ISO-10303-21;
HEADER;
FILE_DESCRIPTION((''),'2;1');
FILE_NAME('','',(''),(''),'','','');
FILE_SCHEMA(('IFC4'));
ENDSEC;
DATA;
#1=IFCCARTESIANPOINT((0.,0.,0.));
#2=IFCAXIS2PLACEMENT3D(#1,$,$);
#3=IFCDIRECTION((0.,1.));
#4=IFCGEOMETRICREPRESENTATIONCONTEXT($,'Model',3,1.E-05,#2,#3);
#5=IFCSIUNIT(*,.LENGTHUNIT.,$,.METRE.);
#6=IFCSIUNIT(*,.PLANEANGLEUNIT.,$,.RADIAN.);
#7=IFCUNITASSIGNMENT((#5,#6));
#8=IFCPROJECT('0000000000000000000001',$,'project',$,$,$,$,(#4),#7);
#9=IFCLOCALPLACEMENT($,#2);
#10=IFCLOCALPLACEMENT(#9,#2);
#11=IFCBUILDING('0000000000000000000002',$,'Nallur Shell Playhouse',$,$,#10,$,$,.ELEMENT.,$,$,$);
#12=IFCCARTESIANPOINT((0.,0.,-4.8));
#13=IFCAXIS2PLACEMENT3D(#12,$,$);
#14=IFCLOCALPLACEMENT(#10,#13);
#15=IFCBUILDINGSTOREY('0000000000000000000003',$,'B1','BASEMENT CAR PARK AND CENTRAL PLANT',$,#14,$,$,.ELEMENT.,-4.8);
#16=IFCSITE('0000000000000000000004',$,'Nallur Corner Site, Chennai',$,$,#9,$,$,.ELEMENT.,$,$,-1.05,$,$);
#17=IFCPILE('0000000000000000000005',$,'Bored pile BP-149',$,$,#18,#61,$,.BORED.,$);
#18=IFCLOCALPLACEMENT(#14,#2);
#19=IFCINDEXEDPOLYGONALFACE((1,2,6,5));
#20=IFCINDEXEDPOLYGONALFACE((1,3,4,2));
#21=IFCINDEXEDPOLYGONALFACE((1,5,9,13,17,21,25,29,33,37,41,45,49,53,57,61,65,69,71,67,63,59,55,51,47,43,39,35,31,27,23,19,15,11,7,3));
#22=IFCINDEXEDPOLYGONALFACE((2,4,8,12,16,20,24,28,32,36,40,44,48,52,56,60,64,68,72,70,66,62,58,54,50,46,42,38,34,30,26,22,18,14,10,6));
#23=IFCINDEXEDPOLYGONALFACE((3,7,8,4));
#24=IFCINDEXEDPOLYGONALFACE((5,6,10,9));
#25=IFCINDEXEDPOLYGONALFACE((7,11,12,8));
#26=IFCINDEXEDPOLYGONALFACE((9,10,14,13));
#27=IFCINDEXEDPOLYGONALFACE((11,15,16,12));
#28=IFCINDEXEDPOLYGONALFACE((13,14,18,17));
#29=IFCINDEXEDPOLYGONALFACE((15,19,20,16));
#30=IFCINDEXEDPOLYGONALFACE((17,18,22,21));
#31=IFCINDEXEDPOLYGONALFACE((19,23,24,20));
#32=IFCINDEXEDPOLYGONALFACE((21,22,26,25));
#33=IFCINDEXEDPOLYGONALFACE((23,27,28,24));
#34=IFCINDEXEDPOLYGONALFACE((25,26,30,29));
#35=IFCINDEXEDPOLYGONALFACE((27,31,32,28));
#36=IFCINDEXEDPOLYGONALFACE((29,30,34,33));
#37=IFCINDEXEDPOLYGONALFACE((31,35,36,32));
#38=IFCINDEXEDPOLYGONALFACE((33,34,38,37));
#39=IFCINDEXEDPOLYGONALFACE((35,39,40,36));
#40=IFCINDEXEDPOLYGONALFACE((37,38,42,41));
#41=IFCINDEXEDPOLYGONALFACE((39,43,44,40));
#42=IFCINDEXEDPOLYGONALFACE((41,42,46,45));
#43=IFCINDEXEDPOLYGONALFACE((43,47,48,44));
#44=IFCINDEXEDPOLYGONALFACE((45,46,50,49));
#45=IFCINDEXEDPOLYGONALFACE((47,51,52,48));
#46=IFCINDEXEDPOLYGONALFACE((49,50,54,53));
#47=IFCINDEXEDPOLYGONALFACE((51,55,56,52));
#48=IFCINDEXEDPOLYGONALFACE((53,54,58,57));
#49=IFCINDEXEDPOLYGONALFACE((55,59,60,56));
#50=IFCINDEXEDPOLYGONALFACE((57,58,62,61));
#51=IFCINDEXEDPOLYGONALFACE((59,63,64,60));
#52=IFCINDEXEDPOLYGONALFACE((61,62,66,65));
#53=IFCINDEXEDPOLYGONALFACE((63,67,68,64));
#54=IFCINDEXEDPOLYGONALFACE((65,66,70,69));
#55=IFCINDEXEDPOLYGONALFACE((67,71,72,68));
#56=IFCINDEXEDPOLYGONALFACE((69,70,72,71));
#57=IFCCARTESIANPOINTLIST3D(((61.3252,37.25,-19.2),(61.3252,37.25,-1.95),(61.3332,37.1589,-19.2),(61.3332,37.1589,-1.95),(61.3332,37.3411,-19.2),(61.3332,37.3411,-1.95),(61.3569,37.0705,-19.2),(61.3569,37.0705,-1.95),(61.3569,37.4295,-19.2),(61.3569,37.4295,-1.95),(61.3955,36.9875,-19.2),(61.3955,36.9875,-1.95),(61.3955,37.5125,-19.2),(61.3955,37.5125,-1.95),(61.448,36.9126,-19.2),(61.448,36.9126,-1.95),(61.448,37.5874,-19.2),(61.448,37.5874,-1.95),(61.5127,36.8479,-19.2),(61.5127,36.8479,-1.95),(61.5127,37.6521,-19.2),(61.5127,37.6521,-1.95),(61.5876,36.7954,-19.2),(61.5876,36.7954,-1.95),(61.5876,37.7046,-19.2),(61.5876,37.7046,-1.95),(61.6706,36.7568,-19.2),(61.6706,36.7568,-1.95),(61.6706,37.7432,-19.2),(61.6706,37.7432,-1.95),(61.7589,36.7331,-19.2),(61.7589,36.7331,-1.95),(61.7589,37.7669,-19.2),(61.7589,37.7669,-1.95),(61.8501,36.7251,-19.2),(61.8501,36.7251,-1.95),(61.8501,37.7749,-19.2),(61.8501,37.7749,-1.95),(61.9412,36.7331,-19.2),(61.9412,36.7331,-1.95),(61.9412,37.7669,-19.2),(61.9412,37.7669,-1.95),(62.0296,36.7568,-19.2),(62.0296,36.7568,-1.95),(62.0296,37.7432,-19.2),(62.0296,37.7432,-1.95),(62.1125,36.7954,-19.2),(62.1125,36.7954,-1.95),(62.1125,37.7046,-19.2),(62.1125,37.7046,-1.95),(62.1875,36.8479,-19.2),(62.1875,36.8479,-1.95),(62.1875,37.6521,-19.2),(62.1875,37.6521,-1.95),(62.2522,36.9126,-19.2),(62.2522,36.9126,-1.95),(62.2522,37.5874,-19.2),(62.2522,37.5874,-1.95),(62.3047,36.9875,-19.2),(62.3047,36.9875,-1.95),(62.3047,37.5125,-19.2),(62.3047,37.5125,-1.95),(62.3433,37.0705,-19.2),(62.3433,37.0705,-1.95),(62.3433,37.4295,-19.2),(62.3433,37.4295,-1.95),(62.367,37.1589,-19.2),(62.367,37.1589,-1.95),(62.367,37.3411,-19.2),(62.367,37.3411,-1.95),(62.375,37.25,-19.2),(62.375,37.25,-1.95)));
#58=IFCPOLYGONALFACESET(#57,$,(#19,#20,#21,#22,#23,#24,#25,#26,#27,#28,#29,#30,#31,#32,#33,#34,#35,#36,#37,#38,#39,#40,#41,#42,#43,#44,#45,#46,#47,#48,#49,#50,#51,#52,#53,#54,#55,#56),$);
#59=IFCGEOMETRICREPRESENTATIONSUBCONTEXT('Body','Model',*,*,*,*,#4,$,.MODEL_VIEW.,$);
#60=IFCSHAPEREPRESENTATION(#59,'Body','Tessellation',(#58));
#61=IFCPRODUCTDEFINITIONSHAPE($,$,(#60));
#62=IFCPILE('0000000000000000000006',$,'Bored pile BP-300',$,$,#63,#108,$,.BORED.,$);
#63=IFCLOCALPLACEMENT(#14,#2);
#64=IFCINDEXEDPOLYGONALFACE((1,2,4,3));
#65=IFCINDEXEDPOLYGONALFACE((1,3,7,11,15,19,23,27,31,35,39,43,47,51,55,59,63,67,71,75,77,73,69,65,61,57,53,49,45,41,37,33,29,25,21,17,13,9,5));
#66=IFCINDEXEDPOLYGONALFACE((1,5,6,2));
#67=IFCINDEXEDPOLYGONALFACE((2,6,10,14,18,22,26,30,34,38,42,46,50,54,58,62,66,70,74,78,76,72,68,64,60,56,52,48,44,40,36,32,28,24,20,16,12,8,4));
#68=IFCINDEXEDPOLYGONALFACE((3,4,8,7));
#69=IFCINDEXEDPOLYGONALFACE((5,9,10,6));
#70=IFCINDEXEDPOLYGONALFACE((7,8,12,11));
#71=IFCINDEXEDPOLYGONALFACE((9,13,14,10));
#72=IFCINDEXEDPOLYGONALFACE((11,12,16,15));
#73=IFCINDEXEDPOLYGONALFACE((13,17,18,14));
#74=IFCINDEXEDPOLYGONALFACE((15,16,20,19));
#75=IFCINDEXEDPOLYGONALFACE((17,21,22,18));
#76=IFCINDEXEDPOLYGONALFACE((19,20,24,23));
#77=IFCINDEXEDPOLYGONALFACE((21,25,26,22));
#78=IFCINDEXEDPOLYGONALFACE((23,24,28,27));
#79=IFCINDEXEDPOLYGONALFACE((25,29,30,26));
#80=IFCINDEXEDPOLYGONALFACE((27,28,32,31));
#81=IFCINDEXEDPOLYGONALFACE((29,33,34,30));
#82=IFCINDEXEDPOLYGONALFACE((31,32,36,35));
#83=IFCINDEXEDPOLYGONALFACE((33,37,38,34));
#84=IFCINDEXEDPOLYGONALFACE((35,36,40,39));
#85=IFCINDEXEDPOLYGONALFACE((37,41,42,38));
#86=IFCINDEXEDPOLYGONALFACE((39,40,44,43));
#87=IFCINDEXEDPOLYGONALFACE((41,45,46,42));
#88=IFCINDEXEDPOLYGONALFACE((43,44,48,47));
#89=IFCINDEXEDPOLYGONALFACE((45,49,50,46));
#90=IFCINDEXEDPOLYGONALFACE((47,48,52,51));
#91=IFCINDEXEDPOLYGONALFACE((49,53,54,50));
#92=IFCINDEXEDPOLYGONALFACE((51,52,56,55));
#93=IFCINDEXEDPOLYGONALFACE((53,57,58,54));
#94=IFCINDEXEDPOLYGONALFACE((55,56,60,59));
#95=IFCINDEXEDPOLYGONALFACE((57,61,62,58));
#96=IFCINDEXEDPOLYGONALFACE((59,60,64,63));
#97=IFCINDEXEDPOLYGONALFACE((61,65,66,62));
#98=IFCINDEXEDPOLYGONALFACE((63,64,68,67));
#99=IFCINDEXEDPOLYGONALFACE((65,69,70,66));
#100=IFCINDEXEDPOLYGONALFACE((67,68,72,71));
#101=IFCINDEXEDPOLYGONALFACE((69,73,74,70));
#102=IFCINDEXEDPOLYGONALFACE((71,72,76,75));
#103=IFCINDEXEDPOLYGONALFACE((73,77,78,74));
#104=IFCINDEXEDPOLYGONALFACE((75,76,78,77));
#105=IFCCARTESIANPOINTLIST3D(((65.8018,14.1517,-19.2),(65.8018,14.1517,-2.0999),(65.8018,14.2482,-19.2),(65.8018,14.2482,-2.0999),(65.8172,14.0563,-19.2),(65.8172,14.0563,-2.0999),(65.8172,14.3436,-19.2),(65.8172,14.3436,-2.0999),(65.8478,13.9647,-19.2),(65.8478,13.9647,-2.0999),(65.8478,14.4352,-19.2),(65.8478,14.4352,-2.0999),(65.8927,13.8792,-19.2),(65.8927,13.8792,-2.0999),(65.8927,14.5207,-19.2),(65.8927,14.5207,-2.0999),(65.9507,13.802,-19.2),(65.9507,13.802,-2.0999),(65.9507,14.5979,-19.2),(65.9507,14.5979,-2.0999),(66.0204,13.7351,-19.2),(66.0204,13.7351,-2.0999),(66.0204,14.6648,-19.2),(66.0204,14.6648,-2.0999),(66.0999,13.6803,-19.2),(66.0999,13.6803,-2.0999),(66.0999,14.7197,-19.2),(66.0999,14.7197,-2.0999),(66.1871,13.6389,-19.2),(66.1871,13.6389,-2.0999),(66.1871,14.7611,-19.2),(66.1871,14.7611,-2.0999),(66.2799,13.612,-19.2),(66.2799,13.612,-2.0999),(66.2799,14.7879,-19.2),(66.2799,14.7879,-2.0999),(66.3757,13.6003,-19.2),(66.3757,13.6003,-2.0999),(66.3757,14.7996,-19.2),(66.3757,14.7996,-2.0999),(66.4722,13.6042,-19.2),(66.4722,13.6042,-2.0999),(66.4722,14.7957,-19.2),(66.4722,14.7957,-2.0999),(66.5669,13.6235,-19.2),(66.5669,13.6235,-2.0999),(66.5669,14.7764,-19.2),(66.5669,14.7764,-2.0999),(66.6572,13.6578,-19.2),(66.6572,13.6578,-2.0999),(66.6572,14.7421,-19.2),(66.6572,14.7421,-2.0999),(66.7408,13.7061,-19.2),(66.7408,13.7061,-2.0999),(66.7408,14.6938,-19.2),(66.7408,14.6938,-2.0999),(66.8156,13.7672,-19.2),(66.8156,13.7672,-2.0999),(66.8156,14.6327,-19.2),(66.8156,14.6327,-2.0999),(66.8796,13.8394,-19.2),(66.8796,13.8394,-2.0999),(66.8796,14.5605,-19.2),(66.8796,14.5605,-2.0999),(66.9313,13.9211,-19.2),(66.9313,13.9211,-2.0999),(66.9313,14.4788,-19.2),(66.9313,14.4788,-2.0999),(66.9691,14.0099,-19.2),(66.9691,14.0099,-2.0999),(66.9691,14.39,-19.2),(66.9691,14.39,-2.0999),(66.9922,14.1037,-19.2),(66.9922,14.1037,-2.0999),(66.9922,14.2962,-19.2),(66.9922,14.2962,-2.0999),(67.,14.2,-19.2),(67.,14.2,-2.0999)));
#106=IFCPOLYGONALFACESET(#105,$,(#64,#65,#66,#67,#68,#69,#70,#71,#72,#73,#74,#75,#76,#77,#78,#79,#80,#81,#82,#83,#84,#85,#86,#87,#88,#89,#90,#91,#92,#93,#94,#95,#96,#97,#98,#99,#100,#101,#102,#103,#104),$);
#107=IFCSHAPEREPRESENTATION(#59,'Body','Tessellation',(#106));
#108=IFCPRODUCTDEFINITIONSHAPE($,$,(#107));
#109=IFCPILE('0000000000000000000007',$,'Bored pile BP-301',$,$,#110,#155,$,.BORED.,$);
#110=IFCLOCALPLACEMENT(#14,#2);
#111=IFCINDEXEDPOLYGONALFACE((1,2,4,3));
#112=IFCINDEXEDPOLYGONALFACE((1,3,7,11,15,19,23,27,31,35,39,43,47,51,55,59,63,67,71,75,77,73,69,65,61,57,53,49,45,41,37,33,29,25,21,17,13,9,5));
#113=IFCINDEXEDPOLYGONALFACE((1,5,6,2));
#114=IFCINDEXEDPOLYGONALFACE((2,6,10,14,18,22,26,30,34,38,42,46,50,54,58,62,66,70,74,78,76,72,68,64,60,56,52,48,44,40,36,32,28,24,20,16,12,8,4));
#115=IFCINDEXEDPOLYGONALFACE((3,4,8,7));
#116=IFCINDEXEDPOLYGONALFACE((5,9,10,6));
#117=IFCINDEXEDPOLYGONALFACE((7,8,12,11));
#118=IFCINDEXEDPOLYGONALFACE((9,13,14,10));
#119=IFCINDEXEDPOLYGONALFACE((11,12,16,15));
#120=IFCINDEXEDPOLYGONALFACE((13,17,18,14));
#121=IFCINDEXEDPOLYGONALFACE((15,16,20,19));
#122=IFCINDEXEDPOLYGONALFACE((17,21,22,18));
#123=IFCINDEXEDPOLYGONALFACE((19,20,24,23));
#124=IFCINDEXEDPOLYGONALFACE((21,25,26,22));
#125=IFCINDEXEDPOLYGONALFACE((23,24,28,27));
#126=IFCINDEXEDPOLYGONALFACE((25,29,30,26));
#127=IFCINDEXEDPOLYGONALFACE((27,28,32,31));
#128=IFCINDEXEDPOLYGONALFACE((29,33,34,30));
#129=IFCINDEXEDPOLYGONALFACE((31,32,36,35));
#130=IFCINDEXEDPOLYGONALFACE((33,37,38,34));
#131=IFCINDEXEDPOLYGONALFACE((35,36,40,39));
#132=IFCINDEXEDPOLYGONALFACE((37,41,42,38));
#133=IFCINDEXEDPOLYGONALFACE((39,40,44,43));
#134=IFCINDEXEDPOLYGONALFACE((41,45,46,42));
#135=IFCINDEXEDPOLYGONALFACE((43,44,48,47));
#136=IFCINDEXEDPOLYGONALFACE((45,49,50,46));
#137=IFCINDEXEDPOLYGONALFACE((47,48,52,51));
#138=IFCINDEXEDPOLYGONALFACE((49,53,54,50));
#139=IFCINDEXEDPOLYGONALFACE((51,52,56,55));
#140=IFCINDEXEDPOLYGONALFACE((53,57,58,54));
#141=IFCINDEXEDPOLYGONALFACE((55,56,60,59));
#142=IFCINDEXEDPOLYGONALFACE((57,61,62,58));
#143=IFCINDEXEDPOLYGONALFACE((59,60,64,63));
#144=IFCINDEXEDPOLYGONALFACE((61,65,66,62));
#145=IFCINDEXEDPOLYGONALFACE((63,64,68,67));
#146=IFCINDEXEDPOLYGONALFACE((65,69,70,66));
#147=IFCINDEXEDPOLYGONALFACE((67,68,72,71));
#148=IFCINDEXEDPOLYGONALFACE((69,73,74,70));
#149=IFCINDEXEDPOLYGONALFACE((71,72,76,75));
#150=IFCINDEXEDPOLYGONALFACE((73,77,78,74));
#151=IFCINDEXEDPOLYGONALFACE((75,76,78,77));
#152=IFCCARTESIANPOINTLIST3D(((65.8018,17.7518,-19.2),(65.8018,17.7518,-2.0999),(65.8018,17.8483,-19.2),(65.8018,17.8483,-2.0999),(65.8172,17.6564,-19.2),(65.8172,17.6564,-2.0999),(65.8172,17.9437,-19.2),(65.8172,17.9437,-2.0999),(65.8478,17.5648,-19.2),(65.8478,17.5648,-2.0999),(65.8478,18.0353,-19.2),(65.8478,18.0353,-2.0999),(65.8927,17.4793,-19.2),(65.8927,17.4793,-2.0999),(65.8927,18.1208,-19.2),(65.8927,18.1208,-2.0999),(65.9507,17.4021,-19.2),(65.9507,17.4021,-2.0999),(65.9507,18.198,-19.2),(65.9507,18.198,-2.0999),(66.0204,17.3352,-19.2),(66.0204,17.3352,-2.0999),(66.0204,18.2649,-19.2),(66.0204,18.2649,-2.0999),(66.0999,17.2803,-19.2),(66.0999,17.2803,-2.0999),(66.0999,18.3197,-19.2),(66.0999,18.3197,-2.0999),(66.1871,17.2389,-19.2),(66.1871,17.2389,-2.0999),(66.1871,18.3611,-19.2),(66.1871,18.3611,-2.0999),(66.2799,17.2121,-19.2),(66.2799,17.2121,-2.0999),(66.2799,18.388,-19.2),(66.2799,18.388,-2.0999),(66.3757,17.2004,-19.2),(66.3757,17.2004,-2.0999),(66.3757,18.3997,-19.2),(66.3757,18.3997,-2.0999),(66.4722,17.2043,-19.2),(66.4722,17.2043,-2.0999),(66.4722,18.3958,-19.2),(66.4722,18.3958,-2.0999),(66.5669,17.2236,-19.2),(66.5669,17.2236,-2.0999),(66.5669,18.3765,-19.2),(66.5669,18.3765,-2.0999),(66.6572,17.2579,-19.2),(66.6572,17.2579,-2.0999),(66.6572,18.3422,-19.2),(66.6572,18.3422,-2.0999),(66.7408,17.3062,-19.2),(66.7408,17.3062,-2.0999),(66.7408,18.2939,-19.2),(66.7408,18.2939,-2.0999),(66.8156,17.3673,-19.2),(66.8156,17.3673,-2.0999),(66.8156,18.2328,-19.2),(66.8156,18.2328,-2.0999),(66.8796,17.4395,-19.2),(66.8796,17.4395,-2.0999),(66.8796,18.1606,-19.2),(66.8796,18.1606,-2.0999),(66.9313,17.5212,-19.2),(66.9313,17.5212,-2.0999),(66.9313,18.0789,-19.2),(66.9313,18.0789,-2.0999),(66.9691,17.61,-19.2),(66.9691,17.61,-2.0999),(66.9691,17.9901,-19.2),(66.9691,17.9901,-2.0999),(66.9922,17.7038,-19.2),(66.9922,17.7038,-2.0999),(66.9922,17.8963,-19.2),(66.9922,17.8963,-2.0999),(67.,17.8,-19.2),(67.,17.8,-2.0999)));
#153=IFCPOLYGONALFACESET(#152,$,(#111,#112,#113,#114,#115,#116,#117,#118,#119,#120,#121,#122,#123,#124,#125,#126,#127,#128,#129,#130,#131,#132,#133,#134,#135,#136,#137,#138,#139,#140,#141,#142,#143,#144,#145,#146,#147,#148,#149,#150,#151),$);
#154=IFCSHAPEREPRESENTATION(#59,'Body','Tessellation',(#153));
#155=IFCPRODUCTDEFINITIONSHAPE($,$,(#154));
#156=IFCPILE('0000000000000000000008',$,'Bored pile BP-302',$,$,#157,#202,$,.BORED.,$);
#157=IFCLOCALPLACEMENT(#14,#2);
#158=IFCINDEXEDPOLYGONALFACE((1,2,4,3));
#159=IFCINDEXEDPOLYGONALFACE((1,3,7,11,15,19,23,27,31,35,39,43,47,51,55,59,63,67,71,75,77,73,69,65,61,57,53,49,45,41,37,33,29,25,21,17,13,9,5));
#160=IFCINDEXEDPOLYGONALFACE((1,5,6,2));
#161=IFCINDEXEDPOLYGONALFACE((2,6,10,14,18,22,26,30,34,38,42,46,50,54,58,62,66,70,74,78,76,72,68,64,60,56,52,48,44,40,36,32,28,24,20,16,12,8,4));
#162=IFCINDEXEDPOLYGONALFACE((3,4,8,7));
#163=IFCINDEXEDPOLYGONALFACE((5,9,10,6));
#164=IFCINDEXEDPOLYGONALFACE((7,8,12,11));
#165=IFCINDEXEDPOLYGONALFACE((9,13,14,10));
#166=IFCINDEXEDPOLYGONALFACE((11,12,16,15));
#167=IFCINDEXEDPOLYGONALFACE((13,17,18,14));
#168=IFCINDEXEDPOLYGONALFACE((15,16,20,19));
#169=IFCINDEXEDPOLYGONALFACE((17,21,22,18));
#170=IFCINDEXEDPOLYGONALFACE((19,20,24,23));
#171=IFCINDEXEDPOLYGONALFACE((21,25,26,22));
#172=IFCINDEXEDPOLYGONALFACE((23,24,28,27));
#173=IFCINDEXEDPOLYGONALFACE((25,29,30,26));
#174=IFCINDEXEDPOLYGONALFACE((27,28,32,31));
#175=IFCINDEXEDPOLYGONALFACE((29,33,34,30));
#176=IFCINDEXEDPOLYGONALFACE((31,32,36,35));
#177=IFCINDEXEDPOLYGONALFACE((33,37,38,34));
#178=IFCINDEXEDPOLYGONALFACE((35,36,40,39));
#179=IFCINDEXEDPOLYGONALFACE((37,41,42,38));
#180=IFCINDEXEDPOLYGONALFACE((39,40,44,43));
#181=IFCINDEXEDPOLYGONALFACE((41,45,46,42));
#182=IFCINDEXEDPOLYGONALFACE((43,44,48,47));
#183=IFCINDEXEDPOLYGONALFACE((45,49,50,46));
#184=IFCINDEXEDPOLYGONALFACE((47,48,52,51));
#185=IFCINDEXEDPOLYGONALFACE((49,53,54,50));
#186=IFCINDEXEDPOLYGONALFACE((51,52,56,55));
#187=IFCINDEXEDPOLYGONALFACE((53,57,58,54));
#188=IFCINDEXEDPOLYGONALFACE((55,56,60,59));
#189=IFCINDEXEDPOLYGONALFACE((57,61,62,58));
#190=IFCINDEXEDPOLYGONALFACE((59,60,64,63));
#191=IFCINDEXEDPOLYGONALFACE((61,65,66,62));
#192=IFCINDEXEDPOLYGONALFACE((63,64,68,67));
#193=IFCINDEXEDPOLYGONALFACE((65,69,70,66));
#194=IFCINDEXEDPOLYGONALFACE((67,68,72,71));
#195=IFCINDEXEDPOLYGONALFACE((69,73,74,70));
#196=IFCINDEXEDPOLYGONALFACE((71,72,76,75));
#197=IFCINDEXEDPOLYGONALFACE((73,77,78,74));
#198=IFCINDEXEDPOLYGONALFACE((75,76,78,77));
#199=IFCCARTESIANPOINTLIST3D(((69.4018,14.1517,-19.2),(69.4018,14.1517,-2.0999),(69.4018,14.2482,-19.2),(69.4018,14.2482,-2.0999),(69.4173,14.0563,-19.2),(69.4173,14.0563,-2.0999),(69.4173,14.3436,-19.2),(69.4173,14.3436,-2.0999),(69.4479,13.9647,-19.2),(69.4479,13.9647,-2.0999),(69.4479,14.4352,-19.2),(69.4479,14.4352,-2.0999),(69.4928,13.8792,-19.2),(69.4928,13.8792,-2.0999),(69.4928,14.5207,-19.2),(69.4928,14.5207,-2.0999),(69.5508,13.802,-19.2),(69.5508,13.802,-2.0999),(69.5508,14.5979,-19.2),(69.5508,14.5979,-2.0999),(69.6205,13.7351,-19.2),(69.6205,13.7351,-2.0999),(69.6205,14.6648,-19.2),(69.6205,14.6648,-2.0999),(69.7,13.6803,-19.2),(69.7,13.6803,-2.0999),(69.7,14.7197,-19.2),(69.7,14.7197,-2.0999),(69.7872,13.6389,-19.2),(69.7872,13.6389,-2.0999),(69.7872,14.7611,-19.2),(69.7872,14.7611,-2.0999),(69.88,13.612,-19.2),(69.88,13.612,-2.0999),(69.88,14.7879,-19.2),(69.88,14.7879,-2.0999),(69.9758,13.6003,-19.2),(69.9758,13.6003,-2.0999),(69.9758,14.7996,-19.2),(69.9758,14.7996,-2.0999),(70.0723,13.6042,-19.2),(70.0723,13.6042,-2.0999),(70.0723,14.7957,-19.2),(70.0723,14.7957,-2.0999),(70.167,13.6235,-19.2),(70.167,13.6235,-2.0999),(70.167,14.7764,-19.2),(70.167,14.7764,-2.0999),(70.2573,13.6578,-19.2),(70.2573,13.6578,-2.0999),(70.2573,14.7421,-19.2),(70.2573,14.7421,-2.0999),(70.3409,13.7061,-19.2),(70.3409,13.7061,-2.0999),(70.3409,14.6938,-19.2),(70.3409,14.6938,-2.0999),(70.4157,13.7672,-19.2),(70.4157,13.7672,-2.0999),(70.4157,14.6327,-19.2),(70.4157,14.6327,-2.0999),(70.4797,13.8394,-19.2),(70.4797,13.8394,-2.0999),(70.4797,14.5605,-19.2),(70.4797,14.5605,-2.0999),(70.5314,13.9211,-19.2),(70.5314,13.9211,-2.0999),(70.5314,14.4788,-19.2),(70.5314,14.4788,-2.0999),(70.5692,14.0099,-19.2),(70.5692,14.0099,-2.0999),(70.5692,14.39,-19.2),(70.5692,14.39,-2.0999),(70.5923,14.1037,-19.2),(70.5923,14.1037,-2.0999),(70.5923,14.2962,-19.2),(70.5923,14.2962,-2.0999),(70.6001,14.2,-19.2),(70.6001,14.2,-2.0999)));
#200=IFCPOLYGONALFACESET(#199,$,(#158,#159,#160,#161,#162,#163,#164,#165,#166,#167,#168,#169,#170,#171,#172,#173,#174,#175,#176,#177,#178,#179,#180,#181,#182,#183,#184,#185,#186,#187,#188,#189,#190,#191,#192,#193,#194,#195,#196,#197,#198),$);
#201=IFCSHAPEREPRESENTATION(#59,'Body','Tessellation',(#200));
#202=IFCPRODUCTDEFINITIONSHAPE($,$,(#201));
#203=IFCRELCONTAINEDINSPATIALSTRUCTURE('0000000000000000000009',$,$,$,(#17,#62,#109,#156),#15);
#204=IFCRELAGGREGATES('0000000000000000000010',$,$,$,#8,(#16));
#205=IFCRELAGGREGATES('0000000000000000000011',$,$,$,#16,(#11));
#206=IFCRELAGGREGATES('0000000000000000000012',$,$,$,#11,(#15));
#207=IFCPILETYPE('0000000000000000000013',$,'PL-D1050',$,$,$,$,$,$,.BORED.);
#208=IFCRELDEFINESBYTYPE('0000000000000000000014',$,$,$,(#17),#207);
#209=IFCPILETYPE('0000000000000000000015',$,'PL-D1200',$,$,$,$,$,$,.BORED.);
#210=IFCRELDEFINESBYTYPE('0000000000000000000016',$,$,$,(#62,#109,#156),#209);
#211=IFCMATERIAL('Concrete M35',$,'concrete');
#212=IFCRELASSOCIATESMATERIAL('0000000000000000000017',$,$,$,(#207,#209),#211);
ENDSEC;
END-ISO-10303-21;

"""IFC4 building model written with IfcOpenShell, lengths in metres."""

from ifc_helpers import new_model, si_unit, direction, frame, origin, origin_2d, place, context, subcontext, project, spatial, circle, extrude, material, material_profile, profile_set, type_object, element, save


model = new_model("IFC4")

# Units and contexts
model_context = context("Model", 3, precision=1e-05, world=origin(), true_north=direction((0.0, 1.0)))
body_context = subcontext(model_context, "Body", "Model", "MODEL_VIEW")
ifc_project = project(units=[si_unit("LENGTHUNIT", "METRE"), si_unit("PLANEANGLEUNIT", "RADIAN")], contexts=[model_context])

# Site, building, storey
site_placement = place(None, origin())
site = spatial("IfcSite", under=ifc_project, at=site_placement, Name="Nallur Corner Site, Chennai", CompositionType="ELEMENT", RefElevation=-1.05)
building_placement = place(site_placement, origin())
building = spatial("IfcBuilding", under=site, at=building_placement, Name="Nallur Shell Playhouse", CompositionType="ELEMENT")
storey_placement = place(building_placement, frame((0.0, 0.0, -4.8)))
storey = spatial("IfcBuildingStorey", under=building, at=storey_placement, Name="B1", Description="BASEMENT CAR PARK AND CENTRAL PLANT", CompositionType="ELEMENT", Elevation=-4.8)

# Shared definitions
ifc_material_1 = material(Name="Concrete M35", Category="concrete")

# Piles
ifc_material_profile_1 = material_profile(ifc_material_1, circle(Radius=0.5249, at=origin_2d()), Name="BORED PILE D1050")
ifc_profile_set_1 = profile_set([ifc_material_profile_1], Name="Concrete M35")
pile_type_1 = type_object("IfcPileType", Name="PL-D1050", PredefinedType="BORED", material=ifc_profile_set_1)
for number, where, z_axis, x_axis, name in (
    (1, (61.8501, 37.25, -1.95), (0.0, 0.0, -1.0), (1.0, 0.0, 0.0), "Bored pile BP-149"),
):
    element("IfcPile", number, at=place(storey_placement, frame(where, z_axis=z_axis, x_axis=x_axis)), inside=storey, type_object=pile_type_1, Name=name, PredefinedType="BORED", context=body_context, shape_type="SweptSolid", body=[
        extrude(circle(Radius=0.5249, at=origin_2d()), origin(), (0.0, 0.0, 1.0), 17.25),
    ])
ifc_material_profile_2 = material_profile(ifc_material_1, circle(Radius=0.6001, at=origin_2d()), Name="BORED PILE D1200")
ifc_profile_set_2 = profile_set([ifc_material_profile_2], Name="Concrete M35")
pile_type_2 = type_object("IfcPileType", Name="PL-D1200", PredefinedType="BORED", material=ifc_profile_set_2)
for number, where, z_axis, x_axis, name in (
    (2, (66.3999, 14.2, -2.0999), (0.0, 0.0, -1.0), (1.0, 0.0, 0.0), "Bored pile BP-300"),
    (3, (66.3999, 17.8, -2.0999), (0.0, 0.0, -1.0), (1.0, 0.0, 0.0), "Bored pile BP-301"),
    (4, (70.0, 14.2, -2.0999), (0.0, 0.0, -1.0), (1.0, 0.0, 0.0), "Bored pile BP-302"),
):
    element("IfcPile", number, at=place(storey_placement, frame(where, z_axis=z_axis, x_axis=x_axis)), inside=storey, type_object=pile_type_2, Name=name, PredefinedType="BORED", context=body_context, shape_type="SweptSolid", body=[
        extrude(circle(Radius=0.6001, at=origin_2d()), origin(), (0.0, 0.0, 1.0), 17.1001),
    ])

save(model, "model.ifc")
